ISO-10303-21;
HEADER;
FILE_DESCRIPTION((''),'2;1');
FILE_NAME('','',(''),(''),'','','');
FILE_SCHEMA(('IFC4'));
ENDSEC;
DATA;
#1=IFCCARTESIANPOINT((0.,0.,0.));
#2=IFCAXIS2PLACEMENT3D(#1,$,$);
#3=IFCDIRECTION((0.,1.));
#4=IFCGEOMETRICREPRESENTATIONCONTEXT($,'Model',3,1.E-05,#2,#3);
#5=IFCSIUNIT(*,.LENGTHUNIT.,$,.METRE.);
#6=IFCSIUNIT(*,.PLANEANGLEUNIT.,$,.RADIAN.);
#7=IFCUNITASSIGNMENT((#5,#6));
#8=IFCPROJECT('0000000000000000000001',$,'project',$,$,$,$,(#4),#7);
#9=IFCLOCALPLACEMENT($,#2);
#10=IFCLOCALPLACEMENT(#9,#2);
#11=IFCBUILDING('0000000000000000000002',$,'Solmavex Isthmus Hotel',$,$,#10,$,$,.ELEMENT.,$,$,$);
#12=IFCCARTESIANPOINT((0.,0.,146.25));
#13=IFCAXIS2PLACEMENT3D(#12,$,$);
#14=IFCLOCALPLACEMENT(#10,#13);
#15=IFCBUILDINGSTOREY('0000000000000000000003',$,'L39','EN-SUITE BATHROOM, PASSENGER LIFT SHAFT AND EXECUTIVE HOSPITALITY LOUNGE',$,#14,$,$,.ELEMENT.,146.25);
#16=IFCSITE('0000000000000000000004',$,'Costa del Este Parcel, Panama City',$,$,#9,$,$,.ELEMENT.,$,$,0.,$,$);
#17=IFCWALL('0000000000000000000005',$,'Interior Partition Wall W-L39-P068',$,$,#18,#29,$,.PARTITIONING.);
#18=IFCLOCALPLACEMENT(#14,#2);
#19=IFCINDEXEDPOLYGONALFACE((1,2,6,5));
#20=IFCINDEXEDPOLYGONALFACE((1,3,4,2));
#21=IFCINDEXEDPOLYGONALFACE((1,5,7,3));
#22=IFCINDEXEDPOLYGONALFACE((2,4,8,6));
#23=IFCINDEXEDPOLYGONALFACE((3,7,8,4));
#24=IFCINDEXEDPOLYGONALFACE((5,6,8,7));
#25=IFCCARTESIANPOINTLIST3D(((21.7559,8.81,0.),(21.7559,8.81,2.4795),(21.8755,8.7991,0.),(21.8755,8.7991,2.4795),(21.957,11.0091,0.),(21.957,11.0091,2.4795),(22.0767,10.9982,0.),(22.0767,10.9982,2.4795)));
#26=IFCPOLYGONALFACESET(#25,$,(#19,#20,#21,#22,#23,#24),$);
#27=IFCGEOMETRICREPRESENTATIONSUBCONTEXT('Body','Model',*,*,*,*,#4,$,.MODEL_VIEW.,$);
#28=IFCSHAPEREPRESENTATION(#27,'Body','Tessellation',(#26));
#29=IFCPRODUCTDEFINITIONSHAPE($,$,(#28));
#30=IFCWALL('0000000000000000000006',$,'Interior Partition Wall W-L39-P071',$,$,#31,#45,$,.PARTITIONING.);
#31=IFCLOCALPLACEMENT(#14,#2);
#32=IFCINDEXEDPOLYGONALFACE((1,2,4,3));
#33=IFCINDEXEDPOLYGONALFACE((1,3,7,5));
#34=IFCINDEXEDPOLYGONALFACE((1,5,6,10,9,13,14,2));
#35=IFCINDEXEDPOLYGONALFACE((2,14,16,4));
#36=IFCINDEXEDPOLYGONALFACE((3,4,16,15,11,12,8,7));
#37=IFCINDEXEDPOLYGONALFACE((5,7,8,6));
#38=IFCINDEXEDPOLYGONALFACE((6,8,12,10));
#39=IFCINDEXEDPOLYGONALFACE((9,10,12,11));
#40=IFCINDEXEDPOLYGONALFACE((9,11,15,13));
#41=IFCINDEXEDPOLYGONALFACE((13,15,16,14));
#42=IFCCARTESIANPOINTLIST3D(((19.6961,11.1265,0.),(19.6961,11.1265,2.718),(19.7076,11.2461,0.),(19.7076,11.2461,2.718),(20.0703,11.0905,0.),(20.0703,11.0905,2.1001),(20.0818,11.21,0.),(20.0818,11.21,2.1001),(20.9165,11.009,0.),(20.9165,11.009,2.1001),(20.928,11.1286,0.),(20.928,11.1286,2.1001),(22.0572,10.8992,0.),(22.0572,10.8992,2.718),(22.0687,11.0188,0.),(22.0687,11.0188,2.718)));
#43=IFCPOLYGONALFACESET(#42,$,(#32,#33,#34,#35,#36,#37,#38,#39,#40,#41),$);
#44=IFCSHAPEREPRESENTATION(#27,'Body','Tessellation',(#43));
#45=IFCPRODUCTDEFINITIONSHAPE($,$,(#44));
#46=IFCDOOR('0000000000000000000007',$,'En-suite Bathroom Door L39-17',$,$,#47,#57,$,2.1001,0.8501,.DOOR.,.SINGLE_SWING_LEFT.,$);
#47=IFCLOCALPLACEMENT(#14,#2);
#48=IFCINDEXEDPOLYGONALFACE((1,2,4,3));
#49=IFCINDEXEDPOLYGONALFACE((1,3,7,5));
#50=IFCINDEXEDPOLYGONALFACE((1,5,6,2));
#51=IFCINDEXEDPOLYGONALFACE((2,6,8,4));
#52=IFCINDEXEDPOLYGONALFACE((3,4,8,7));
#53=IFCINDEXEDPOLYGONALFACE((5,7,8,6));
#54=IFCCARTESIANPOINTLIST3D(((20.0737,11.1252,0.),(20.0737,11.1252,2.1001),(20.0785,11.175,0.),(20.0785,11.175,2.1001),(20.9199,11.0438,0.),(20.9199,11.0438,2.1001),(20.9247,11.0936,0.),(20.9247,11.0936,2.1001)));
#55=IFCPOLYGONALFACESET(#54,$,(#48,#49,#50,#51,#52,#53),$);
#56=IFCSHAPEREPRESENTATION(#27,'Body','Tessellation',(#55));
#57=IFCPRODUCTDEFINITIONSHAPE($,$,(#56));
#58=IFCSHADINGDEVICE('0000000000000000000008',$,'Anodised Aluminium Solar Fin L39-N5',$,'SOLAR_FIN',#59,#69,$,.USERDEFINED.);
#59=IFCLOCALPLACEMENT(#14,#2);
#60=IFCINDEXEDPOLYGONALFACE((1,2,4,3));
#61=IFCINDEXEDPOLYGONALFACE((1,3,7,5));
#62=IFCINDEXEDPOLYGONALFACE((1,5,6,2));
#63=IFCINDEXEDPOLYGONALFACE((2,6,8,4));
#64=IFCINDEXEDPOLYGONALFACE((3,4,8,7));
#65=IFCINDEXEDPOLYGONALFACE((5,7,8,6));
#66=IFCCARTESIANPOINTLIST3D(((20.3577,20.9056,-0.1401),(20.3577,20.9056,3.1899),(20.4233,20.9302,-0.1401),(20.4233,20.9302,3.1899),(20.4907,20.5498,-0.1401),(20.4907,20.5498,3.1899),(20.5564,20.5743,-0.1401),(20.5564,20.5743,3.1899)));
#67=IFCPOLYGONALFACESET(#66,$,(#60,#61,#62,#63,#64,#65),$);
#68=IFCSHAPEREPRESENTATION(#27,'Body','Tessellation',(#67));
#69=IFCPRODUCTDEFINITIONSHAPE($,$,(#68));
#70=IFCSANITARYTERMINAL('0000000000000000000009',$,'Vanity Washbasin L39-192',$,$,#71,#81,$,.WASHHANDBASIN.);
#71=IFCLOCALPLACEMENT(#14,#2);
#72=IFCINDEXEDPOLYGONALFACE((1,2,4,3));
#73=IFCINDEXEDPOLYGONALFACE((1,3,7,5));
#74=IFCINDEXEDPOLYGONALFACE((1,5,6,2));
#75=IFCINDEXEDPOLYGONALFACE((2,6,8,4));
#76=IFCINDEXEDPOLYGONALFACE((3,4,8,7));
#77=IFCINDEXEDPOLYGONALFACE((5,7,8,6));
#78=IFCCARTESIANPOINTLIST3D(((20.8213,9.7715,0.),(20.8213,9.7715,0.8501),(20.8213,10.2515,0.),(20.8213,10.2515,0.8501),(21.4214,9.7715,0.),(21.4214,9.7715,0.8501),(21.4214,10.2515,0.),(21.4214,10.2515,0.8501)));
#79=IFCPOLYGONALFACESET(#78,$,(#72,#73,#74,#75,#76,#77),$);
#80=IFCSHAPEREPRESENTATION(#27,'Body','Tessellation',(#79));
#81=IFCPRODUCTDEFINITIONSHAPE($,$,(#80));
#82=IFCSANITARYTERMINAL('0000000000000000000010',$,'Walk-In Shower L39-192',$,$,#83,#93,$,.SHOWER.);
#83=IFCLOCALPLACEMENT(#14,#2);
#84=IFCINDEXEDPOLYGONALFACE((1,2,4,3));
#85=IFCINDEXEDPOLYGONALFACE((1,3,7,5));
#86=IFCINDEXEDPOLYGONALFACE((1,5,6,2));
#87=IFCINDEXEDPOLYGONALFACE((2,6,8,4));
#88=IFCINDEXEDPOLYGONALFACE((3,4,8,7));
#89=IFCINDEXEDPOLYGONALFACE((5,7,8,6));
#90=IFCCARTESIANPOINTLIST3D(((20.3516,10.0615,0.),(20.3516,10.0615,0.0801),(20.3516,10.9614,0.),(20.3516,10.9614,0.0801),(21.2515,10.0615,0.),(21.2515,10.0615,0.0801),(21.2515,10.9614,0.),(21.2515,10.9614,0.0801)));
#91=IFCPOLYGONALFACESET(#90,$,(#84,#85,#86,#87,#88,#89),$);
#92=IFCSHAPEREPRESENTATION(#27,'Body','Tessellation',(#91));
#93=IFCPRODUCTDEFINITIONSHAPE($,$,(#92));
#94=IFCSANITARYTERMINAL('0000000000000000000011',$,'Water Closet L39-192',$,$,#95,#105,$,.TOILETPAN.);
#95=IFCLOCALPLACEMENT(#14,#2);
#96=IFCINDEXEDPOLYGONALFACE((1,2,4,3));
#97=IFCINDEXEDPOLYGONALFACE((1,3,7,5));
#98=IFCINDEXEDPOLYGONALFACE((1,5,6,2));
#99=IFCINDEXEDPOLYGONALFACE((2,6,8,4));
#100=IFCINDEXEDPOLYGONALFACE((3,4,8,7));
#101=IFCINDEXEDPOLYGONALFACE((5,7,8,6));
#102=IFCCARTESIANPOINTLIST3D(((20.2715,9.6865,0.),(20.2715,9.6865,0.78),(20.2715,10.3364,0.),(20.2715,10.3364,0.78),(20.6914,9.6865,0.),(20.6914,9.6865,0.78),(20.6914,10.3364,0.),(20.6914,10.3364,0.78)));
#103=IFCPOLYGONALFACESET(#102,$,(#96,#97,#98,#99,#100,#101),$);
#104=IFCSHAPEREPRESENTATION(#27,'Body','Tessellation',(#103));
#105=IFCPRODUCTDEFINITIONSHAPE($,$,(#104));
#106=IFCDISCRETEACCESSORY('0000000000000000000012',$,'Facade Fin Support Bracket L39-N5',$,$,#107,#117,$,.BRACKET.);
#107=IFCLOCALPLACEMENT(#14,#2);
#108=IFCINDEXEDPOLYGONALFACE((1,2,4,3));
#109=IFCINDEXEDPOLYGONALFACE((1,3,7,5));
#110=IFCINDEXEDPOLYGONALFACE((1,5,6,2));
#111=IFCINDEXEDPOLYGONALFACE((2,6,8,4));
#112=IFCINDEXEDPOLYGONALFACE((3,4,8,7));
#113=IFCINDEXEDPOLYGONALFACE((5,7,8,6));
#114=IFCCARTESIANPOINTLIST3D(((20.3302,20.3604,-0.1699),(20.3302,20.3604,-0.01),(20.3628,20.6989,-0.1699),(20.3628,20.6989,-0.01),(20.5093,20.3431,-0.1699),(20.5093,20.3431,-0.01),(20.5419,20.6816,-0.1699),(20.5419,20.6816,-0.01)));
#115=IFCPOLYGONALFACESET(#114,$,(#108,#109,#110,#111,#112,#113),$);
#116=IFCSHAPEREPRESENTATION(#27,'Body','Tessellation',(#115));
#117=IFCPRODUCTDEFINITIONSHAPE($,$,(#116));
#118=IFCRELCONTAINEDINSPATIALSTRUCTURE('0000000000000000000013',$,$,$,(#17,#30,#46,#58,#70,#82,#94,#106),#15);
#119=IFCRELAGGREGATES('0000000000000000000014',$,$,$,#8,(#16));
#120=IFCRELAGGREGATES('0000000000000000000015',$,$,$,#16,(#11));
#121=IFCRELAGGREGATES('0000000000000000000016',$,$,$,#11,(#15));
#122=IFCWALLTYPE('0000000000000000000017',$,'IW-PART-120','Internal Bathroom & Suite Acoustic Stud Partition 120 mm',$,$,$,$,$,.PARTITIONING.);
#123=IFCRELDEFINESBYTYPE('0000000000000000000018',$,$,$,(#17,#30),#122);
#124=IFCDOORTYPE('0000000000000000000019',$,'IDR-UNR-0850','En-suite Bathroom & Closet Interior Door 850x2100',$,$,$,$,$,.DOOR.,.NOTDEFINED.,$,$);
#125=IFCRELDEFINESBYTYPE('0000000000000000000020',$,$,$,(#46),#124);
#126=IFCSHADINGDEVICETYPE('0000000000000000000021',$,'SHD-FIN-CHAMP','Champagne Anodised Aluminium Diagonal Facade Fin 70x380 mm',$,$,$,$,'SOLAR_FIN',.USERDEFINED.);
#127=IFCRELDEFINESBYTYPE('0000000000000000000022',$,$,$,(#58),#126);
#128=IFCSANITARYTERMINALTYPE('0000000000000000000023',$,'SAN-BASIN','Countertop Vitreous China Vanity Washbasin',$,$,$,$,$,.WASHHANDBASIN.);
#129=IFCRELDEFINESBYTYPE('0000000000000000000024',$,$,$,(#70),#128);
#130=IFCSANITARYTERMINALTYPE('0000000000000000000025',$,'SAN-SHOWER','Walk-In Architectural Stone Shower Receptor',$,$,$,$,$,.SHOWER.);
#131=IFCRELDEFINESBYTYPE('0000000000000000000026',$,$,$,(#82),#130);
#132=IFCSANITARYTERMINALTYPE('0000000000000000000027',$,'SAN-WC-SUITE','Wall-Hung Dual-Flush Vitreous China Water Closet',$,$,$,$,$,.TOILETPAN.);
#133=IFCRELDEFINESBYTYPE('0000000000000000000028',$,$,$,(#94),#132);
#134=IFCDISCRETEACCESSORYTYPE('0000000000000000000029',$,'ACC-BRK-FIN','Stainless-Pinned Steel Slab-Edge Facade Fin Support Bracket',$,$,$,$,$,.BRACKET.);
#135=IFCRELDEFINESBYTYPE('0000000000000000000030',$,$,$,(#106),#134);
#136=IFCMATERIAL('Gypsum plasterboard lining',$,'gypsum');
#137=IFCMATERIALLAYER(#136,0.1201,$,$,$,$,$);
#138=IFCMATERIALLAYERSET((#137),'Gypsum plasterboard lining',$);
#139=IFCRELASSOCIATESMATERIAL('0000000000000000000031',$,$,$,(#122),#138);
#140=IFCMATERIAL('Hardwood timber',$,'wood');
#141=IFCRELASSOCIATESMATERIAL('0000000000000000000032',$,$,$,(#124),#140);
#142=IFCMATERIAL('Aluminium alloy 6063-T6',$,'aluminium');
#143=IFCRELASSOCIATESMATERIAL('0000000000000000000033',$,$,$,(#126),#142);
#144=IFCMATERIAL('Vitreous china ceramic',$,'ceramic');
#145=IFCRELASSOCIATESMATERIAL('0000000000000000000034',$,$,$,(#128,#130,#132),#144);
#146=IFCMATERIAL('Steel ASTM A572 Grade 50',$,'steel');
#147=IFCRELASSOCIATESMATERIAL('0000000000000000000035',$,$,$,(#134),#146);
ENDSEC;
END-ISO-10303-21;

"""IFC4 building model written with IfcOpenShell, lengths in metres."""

from ifc_helpers import new_model, si_unit, direction, frame, frame_2d, origin, origin_2d, place, context, subcontext, project, spatial, rectangle, extrude, material, layer, layer_set, type_object, element, fill, save


model = new_model("IFC4")

# Units and contexts
model_context = context("Model", 3, precision=1e-05, world=origin(), true_north=direction((0.0, 1.0)))
body_context = subcontext(model_context, "Body", "Model", "MODEL_VIEW")
ifc_project = project(units=[si_unit("LENGTHUNIT", "METRE"), si_unit("PLANEANGLEUNIT", "RADIAN")], contexts=[model_context])

# Site, building, storey
site_placement = place(None, origin())
site = spatial("IfcSite", under=ifc_project, at=site_placement, Name="Costa del Este Parcel, Panama City", CompositionType="ELEMENT", RefElevation=0.0)
building_placement = place(site_placement, origin())
building = spatial("IfcBuilding", under=site, at=building_placement, Name="Solmavex Isthmus Hotel", CompositionType="ELEMENT")
storey_placement = place(building_placement, frame((0.0, 0.0, 146.25)))
storey = spatial("IfcBuildingStorey", under=building, at=storey_placement, Name="L39", Description="EN-SUITE BATHROOM, PASSENGER LIFT SHAFT AND EXECUTIVE HOSPITALITY LOUNGE", CompositionType="ELEMENT", Elevation=146.25)

# Shared definitions
ifc_material_1 = material(Name="Aluminium alloy 6063-T6", Category="aluminium")

# Shared definitions
ifc_material_2 = material(Name="Gypsum plasterboard lining", Category="gypsum")
ifc_material_3 = material(Name="Hardwood timber", Category="wood")

# Wall
ifc_layer_1 = layer(ifc_material_2, 0.1201)
ifc_layer_set_1 = layer_set([ifc_layer_1], Name="Gypsum plasterboard lining")
wall_type_1 = type_object("IfcWallType", Name="IW-PART-120", Description="Internal Bathroom & Suite Acoustic Stud Partition 120 mm", PredefinedType="PARTITIONING", material=ifc_layer_set_1)
wall_1_placement = place(storey_placement, frame((21.8157, 8.8047, 0.0), z_axis=(0.0, 0.0, 1.0), x_axis=(0.091104, 0.995841, 0.0)))
element("IfcWall", 1, at=wall_1_placement, inside=storey, type_object=wall_type_1, Name="Interior Partition Wall W-L39-P068", PredefinedType="PARTITIONING", context=body_context, shape_type="SweptSolid", body=[
    extrude(rectangle(XDim=2.2083, YDim=0.1201, at=frame_2d((1.104, 0.0))), origin(), (0.0, 0.0, 1.0), 2.4795),
])

# Wall, opening, door
wall_2_placement = place(storey_placement, frame((22.063, 10.959, 0.0), z_axis=(0.0, 0.0, 1.0), x_axis=(-0.995398, 0.095824, 0.0)))
wall_2 = element("IfcWall", 2, at=wall_2_placement, inside=storey, type_object=wall_type_1, Name="Interior Partition Wall W-L39-P071", PredefinedType="PARTITIONING", context=body_context, shape_type="SweptSolid", body=[
    extrude(rectangle(XDim=2.3721, YDim=0.1201, at=frame_2d((1.186, 0.0))), origin(), (0.0, 0.0, 1.0), 2.718),
])
opening_1_placement = place(wall_2_placement, frame((1.146, 0.0, 0.0)))
opening_1 = element("IfcOpeningElement", 3, at=opening_1_placement, cuts=wall_2, PredefinedType="OPENING", context=body_context, shape_type="SweptSolid", body=[
    extrude(rectangle(XDim=0.8501, YDim=2.1001, at=frame_2d((0.425, 1.05))), frame((0.0, 0.0701, 0.0), z_axis=(0.0, -1.0, 0.0), x_axis=(1.0, 0.0, 0.0)), (0.0, 0.0, 1.0), 0.1401),
])
door_type_1 = type_object("IfcDoorType", Name="IDR-UNR-0850", Description="En-suite Bathroom & Closet Interior Door 850x2100", OperationType="NOTDEFINED", PredefinedType="DOOR", material=ifc_material_3)
door_1_placement = place(opening_1_placement, frame((0.8501, 0.0, 0.0), z_axis=(0.0, 0.0, 1.0), x_axis=(-1.0, 0.0, 0.0)))
door_1 = element("IfcDoor", 4, at=door_1_placement, inside=storey, type_object=door_type_1, Name="En-suite Bathroom Door L39-17", OperationType="SINGLE_SWING_LEFT", OverallHeight=2.1001, OverallWidth=0.8501, PredefinedType="DOOR", context=body_context, shape_type="SweptSolid", body=[
    extrude(rectangle(XDim=0.8501, YDim=2.1001, at=frame_2d((0.425, 1.05))), frame((0.0, 0.0249, 0.0), z_axis=(0.0, -1.0, 0.0), x_axis=(1.0, 0.0, 0.0)), (0.0, 0.0, 1.0), 0.05),
])
fill(opening_1, door_1)

# Shading device
shading_device_type = type_object("IfcShadingDeviceType", Name="SHD-FIN-CHAMP", Description="Champagne Anodised Aluminium Diagonal Facade Fin 70x380 mm", ElementType="SOLAR_FIN", PredefinedType="USERDEFINED", material=ifc_material_1)
shading_device_placement = place(storey_placement, frame((20.457, 20.74, -0.1401), z_axis=(0.0, 0.0, 1.0), x_axis=(-0.350207, 0.936672, 0.0)))
element("IfcShadingDevice", 5, at=shading_device_placement, inside=storey, type_object=shading_device_type, Name="Anodised Aluminium Solar Fin L39-N5", ObjectType="SOLAR_FIN", PredefinedType="USERDEFINED", context=body_context, shape_type="SweptSolid", body=[
    extrude(rectangle(XDim=0.3799, YDim=0.0701, at=origin_2d()), origin(), (0.0, 0.0, 1.0), 3.3301),
])

# Sanitary terminals
ifc_material_4 = material(Name="Vitreous china ceramic", Category="ceramic")
sanitary_terminal_type_1 = type_object("IfcSanitaryTerminalType", Name="SAN-BASIN", Description="Countertop Vitreous China Vanity Washbasin", PredefinedType="WASHHANDBASIN", material=ifc_material_4)
sanitary_terminal_1_placement = place(storey_placement, frame((21.1213, 10.0115, 0.0), z_axis=(0.0, 0.0, 1.0), x_axis=(1.0, 0.0, 0.0)))
element("IfcSanitaryTerminal", 6, at=sanitary_terminal_1_placement, inside=storey, type_object=sanitary_terminal_type_1, Name="Vanity Washbasin L39-192", PredefinedType="WASHHANDBASIN", context=body_context, shape_type="SweptSolid", body=[
    extrude(rectangle(XDim=0.6001, YDim=0.48, at=origin_2d()), origin(), (0.0, 0.0, 1.0), 0.8501),
])
sanitary_terminal_type_2 = type_object("IfcSanitaryTerminalType", Name="SAN-SHOWER", Description="Walk-In Architectural Stone Shower Receptor", PredefinedType="SHOWER", material=ifc_material_4)
sanitary_terminal_2_placement = place(storey_placement, frame((20.8015, 10.5115, 0.0), z_axis=(0.0, 0.0, 1.0), x_axis=(1.0, 0.0, 0.0)))
element("IfcSanitaryTerminal", 7, at=sanitary_terminal_2_placement, inside=storey, type_object=sanitary_terminal_type_2, Name="Walk-In Shower L39-192", PredefinedType="SHOWER", context=body_context, shape_type="SweptSolid", body=[
    extrude(rectangle(XDim=0.8999, YDim=0.8999, at=origin_2d()), origin(), (0.0, 0.0, 1.0), 0.0801),
])
sanitary_terminal_type_3 = type_object("IfcSanitaryTerminalType", Name="SAN-WC-SUITE", Description="Wall-Hung Dual-Flush Vitreous China Water Closet", PredefinedType="TOILETPAN", material=ifc_material_4)
sanitary_terminal_3_placement = place(storey_placement, frame((20.4814, 10.0115, 0.0), z_axis=(0.0, 0.0, 1.0), x_axis=(1.0, 0.0, 0.0)))
element("IfcSanitaryTerminal", 8, at=sanitary_terminal_3_placement, inside=storey, type_object=sanitary_terminal_type_3, Name="Water Closet L39-192", PredefinedType="TOILETPAN", context=body_context, shape_type="SweptSolid", body=[
    extrude(rectangle(XDim=0.4199, YDim=0.6499, at=origin_2d()), origin(), (0.0, 0.0, 1.0), 0.78),
])

# Discrete accessory
ifc_material_5 = material(Name="Steel ASTM A572 Grade 50", Category="steel")
discrete_accessory_type = type_object("IfcDiscreteAccessoryType", Name="ACC-BRK-FIN", Description="Stainless-Pinned Steel Slab-Edge Facade Fin Support Bracket", PredefinedType="BRACKET", material=ifc_material_5)
discrete_accessory_placement = place(storey_placement, frame((20.436, 20.521, -0.1699), z_axis=(0.0, 0.0, 1.0), x_axis=(0.095846, 0.995396, 0.0)))
element("IfcDiscreteAccessory", 9, at=discrete_accessory_placement, inside=storey, type_object=discrete_accessory_type, Name="Facade Fin Support Bracket L39-N5", PredefinedType="BRACKET", context=body_context, shape_type="SweptSolid", body=[
    extrude(rectangle(XDim=0.3401, YDim=0.1799, at=origin_2d()), origin(), (0.0, 0.0, 1.0), 0.1599),
])

save(model, "model.ifc")
